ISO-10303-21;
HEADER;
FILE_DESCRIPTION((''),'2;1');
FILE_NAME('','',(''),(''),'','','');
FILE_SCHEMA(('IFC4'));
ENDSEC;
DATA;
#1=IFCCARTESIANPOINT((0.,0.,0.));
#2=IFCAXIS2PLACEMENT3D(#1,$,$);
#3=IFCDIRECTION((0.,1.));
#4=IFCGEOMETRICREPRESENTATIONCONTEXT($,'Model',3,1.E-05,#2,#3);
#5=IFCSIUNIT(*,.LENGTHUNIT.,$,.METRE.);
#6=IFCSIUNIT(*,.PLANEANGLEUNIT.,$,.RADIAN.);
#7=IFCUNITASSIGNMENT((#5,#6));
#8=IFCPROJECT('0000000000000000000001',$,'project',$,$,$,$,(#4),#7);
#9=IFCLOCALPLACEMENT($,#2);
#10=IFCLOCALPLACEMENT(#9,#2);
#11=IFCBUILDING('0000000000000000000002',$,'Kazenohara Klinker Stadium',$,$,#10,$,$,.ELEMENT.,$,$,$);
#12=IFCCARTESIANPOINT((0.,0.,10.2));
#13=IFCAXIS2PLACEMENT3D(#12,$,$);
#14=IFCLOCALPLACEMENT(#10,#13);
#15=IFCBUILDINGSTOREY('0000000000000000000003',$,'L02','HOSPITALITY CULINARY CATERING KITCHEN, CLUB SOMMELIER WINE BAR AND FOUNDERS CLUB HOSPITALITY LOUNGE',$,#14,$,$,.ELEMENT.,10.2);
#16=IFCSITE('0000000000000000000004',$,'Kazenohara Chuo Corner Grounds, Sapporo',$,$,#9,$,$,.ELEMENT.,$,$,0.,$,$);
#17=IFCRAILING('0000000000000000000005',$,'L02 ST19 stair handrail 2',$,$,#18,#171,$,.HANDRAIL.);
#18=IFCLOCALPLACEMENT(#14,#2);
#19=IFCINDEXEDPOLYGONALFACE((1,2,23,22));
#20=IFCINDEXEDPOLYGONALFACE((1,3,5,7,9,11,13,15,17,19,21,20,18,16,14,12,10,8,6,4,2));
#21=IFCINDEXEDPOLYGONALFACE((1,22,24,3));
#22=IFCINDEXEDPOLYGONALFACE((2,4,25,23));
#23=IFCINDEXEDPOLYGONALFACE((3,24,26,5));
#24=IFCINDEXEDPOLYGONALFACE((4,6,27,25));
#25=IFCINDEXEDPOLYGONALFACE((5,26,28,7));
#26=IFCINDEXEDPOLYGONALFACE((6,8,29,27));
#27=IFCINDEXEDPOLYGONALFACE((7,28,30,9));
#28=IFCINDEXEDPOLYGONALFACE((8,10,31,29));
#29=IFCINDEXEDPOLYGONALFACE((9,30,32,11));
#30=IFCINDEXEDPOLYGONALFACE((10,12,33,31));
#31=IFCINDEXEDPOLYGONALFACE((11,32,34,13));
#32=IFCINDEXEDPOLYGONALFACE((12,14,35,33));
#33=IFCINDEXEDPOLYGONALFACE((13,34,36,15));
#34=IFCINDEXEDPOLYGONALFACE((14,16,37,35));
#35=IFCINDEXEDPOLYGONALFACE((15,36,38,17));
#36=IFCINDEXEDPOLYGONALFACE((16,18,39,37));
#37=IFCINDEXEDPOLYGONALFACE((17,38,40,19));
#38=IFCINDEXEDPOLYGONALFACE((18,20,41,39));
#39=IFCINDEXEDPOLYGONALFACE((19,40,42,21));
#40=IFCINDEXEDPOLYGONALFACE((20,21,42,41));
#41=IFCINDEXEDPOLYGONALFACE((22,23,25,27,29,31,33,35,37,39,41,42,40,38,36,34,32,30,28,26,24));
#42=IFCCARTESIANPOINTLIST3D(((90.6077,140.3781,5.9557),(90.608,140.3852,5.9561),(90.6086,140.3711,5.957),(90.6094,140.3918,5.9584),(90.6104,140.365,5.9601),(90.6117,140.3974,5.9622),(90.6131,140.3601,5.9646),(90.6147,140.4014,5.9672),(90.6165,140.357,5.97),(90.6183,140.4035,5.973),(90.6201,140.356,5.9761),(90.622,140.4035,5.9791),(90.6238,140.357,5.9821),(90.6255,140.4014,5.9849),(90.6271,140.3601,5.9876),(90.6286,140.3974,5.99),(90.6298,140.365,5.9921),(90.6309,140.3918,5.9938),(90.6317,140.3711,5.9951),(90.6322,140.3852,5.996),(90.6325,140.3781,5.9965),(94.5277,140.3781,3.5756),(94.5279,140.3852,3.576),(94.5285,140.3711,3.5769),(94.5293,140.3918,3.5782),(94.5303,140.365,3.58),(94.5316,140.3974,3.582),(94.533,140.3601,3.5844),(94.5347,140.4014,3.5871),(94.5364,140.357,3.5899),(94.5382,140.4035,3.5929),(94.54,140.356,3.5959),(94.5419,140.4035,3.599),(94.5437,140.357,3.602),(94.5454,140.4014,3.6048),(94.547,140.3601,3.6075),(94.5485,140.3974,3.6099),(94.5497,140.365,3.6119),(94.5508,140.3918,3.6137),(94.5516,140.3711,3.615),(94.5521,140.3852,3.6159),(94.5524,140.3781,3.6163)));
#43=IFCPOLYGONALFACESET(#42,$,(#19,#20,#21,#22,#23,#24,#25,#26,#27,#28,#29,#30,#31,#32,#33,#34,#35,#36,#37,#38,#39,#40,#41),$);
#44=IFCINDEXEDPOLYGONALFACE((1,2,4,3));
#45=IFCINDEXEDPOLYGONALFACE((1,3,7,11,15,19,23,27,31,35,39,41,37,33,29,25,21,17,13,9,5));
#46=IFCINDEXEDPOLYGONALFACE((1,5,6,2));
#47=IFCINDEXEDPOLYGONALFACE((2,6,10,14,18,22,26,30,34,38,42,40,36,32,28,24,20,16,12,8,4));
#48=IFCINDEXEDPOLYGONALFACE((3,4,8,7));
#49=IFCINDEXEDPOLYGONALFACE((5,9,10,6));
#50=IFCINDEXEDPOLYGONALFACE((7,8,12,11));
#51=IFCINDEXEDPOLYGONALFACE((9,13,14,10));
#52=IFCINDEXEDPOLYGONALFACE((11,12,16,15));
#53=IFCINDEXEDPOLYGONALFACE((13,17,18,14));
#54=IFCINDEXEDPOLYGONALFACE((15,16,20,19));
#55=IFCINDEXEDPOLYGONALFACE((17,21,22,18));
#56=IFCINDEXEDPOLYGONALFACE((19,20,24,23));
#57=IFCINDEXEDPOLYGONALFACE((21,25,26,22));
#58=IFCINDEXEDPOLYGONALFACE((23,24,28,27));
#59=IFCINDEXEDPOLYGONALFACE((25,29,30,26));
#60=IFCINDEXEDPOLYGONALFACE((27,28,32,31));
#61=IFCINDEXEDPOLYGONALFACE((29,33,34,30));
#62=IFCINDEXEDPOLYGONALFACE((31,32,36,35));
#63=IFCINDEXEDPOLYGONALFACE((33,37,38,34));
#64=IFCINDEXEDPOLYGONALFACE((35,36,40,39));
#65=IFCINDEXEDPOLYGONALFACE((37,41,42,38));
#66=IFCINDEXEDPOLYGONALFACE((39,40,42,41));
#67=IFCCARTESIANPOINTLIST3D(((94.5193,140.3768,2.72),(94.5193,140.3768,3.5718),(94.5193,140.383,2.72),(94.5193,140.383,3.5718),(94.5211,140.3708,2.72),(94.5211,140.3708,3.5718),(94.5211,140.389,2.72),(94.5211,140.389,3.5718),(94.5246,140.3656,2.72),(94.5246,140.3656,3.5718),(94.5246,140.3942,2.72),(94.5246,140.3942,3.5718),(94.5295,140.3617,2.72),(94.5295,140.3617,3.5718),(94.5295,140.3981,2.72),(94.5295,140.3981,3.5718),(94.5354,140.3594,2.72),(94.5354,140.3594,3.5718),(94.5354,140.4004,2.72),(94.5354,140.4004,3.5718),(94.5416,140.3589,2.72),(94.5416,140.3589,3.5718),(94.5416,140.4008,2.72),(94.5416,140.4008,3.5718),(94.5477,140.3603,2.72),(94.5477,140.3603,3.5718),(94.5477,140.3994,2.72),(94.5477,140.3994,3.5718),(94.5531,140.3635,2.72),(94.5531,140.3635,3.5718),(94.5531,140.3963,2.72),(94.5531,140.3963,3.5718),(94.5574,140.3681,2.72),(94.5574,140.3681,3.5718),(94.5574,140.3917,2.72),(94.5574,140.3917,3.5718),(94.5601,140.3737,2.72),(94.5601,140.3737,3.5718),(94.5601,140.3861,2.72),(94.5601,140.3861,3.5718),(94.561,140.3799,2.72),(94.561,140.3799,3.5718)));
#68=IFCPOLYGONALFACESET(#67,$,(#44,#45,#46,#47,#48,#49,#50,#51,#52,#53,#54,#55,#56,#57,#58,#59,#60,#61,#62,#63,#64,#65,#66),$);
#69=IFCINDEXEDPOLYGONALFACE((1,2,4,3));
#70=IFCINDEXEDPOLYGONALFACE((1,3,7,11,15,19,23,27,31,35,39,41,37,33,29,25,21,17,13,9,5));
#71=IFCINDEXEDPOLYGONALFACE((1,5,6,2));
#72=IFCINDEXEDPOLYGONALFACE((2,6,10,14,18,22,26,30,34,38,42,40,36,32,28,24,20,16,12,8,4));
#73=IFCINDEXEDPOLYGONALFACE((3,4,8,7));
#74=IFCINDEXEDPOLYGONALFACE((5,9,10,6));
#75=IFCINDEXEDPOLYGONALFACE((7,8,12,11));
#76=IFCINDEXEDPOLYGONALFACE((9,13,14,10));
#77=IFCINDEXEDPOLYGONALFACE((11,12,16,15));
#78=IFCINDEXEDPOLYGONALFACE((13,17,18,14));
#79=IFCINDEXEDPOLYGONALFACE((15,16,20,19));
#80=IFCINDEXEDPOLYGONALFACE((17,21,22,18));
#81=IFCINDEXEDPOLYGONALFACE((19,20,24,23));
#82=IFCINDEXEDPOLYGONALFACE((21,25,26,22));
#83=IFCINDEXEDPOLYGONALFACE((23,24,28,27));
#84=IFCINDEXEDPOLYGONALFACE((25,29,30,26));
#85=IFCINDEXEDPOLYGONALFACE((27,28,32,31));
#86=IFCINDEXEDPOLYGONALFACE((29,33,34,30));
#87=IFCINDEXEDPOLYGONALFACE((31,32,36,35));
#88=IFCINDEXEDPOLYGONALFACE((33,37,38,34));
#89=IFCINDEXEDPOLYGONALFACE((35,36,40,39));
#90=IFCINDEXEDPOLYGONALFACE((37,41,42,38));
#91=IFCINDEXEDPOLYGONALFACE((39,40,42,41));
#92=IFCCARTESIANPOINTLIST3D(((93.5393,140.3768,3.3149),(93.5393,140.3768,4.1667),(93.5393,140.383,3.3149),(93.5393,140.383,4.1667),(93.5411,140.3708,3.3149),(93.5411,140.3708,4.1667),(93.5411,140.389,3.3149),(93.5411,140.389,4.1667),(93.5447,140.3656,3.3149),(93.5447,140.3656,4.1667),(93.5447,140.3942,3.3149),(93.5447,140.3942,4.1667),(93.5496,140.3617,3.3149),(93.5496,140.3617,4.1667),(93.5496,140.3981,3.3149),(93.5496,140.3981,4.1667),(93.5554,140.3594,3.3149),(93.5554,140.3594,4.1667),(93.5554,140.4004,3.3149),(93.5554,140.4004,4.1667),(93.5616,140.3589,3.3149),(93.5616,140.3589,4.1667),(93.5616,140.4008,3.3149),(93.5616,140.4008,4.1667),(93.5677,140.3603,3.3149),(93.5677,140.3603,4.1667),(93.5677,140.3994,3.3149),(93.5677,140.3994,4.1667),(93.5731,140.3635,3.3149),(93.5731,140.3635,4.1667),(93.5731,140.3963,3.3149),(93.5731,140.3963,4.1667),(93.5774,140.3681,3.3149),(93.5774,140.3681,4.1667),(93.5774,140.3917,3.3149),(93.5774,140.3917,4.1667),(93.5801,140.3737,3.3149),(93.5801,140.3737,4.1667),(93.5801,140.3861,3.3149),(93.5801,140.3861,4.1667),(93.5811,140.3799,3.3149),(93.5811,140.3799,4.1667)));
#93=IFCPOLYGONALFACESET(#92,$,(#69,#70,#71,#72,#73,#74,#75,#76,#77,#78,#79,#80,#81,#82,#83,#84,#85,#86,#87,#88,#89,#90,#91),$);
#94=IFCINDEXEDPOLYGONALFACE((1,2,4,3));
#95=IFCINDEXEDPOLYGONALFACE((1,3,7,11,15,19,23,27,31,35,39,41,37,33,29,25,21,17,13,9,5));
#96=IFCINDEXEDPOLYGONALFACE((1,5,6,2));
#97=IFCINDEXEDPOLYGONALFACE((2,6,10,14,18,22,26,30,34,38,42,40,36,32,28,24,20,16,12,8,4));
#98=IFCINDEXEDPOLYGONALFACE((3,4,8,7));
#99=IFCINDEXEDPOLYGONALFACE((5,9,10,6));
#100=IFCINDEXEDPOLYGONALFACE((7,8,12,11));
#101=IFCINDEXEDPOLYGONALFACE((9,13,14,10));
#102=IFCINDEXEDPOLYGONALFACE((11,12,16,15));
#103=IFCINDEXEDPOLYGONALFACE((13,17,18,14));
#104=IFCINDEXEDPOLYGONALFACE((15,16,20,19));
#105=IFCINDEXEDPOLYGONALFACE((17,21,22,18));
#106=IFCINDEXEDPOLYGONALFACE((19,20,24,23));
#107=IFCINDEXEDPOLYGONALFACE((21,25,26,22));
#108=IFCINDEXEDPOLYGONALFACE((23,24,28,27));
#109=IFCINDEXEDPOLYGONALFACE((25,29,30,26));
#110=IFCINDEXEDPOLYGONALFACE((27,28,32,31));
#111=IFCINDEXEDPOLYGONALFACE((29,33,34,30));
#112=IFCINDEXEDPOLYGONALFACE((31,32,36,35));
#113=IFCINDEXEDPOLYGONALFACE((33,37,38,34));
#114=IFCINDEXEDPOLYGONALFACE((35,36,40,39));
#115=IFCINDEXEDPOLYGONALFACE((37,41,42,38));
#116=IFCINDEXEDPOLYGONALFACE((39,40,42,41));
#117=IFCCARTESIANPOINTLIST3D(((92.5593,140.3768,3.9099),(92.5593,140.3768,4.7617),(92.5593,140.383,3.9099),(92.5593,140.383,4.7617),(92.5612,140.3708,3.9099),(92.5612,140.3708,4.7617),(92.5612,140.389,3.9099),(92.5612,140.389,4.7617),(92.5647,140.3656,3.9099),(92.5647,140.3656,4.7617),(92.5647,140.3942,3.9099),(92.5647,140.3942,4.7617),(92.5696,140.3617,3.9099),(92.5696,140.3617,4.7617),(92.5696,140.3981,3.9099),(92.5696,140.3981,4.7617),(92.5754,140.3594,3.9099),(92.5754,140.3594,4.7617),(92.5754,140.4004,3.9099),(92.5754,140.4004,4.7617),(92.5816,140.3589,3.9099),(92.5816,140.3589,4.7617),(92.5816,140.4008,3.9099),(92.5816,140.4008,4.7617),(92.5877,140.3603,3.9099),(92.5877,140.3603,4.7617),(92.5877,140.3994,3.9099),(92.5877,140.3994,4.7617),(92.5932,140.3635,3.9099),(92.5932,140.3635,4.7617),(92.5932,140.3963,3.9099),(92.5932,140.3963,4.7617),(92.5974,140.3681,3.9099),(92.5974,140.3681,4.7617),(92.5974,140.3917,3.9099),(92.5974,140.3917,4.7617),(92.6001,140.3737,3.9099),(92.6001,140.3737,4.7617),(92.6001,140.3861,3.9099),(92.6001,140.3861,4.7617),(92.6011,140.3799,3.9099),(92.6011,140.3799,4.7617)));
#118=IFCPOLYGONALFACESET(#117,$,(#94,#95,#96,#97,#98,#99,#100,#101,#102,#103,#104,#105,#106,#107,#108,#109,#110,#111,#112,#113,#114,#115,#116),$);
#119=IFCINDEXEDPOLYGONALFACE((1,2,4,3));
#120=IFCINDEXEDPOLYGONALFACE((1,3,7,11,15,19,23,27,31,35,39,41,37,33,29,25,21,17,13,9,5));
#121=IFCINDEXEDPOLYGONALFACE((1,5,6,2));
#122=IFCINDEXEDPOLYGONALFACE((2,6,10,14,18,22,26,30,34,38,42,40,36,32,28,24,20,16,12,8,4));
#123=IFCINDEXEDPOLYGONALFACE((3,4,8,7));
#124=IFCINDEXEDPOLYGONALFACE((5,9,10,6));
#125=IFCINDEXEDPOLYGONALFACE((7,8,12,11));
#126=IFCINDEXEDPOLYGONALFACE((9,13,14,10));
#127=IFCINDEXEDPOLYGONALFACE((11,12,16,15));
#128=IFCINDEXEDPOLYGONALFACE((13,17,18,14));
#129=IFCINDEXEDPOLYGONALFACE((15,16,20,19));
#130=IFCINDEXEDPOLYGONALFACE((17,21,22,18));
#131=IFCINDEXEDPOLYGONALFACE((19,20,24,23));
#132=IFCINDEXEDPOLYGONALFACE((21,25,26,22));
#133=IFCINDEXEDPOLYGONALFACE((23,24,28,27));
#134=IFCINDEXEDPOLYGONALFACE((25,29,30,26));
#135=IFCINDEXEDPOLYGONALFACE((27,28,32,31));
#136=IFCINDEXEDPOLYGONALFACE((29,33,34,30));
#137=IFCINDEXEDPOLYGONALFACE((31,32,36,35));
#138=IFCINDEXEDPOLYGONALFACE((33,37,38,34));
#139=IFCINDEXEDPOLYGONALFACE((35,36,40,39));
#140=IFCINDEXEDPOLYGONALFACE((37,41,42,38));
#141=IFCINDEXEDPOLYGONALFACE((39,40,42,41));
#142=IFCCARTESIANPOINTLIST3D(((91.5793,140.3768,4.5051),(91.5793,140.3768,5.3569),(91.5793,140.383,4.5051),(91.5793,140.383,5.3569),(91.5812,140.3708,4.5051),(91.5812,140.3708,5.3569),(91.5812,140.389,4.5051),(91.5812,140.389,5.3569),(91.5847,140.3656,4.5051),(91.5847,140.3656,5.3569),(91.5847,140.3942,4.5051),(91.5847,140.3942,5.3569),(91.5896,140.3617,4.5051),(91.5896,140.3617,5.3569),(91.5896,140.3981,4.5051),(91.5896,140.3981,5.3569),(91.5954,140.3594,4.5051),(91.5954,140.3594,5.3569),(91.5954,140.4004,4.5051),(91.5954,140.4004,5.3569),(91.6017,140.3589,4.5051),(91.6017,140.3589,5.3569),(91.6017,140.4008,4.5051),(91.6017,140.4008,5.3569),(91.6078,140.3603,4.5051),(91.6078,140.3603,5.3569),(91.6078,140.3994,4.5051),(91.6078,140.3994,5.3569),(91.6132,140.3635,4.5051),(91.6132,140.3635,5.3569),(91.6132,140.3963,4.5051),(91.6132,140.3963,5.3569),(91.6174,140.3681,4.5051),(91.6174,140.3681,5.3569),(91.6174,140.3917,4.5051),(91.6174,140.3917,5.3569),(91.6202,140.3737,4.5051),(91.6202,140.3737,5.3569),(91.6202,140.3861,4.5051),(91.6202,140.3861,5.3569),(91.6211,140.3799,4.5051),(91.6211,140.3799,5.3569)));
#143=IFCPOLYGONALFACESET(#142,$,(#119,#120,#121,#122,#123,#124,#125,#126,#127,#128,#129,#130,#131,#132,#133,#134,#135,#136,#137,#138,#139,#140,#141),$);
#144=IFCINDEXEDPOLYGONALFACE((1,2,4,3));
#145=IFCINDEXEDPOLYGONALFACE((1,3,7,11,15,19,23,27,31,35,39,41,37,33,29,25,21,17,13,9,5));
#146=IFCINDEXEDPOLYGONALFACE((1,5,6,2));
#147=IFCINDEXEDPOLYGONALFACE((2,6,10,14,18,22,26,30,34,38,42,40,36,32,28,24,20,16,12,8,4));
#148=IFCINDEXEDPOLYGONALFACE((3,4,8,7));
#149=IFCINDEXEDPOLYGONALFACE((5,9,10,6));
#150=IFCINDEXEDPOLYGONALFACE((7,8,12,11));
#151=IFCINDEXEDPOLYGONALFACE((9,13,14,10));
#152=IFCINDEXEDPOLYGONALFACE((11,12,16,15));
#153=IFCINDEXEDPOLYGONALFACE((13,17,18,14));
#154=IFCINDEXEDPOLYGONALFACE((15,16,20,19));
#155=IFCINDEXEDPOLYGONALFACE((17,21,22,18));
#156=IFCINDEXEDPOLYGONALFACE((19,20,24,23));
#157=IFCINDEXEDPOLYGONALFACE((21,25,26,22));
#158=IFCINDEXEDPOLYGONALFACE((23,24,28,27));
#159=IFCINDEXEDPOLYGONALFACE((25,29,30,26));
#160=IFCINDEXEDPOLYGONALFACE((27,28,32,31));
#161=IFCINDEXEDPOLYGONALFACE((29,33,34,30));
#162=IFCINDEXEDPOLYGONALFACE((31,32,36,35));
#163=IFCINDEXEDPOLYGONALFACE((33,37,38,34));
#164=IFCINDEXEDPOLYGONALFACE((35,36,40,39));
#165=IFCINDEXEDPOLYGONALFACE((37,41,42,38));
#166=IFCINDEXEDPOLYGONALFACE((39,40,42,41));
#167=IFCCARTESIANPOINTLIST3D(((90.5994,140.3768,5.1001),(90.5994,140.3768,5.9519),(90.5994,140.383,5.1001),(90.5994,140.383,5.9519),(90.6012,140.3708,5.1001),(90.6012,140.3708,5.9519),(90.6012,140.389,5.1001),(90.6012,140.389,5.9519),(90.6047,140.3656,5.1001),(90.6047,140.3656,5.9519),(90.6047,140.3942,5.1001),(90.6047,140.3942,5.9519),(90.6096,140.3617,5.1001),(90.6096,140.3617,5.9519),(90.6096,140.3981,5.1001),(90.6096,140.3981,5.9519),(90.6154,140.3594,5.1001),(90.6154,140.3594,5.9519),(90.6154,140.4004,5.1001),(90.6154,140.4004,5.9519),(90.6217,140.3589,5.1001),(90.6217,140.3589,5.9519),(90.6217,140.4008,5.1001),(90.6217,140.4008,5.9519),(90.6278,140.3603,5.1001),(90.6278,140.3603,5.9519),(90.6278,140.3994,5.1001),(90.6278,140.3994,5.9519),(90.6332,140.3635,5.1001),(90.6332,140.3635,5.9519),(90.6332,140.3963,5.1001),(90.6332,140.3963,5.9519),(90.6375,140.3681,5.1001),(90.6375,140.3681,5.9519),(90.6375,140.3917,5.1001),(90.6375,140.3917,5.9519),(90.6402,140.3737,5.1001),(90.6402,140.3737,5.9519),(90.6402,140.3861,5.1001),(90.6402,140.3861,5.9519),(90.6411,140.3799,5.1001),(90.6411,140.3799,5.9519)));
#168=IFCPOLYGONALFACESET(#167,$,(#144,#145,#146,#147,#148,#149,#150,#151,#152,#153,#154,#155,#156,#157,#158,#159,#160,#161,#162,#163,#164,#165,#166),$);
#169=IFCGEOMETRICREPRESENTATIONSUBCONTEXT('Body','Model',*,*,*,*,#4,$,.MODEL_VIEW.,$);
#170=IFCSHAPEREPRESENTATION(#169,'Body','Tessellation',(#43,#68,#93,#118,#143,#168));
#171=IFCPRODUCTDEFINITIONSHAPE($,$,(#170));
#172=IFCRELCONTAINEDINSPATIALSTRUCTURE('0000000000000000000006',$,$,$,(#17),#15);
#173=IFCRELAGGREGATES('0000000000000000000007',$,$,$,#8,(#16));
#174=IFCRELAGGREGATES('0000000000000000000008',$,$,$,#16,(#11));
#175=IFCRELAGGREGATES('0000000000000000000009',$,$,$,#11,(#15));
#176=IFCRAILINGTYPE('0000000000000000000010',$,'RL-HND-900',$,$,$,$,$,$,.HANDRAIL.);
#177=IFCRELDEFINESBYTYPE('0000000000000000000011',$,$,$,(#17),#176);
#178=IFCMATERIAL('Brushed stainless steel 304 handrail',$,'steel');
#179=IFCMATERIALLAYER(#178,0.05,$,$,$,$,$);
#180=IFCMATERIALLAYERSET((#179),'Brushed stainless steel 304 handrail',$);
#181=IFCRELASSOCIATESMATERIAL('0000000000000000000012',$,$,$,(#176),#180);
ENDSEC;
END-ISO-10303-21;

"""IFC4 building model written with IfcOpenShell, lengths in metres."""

from ifc_helpers import new_model, si_unit, direction, frame, origin, origin_2d, place, context, subcontext, project, spatial, circle, extrude, material, layer, layer_set, type_object, element, save


model = new_model("IFC4")

# Units and contexts
model_context = context("Model", 3, precision=1e-05, world=origin(), true_north=direction((0.0, 1.0)))
body_context = subcontext(model_context, "Body", "Model", "MODEL_VIEW")
ifc_project = project(units=[si_unit("LENGTHUNIT", "METRE"), si_unit("PLANEANGLEUNIT", "RADIAN")], contexts=[model_context])

# Site, building, storey
site_placement = place(None, origin())
site = spatial("IfcSite", under=ifc_project, at=site_placement, Name="Kazenohara Chuo Corner Grounds, Sapporo", CompositionType="ELEMENT", RefElevation=0.0)
building_placement = place(site_placement, origin())
building = spatial("IfcBuilding", under=site, at=building_placement, Name="Kazenohara Klinker Stadium", CompositionType="ELEMENT")
storey_placement = place(building_placement, frame((0.0, 0.0, 10.2)))
storey = spatial("IfcBuildingStorey", under=building, at=storey_placement, Name="L02", Description="HOSPITALITY CULINARY CATERING KITCHEN, CLUB SOMMELIER WINE BAR AND FOUNDERS CLUB HOSPITALITY LOUNGE", CompositionType="ELEMENT", Elevation=10.2)

# Railing
ifc_material_1 = material(Name="Brushed stainless steel 304 handrail", Category="steel")
ifc_layer_1 = layer(ifc_material_1, 0.05)
ifc_layer_set_1 = layer_set([ifc_layer_1], Name="Brushed stainless steel 304 handrail")
railing_type_1 = type_object("IfcRailingType", Name="RL-HND-900", PredefinedType="HANDRAIL", material=ifc_layer_set_1)
railing_1_placement = place(storey_placement, frame((94.54, 140.3799, 2.72)))
element("IfcRailing", 1, at=railing_1_placement, inside=storey, type_object=railing_type_1, Name="L02 ST19 stair handrail 2", PredefinedType="HANDRAIL", context=body_context, shape_type="SweptSolid", body=[
    extrude(circle(Radius=0.0239, at=origin_2d()), frame((0.0, 0.0, 0.876), z_axis=(-0.854771, 0.0, 0.519006), x_axis=(0.0, -1.0, 0.0)), (0.0, 0.0, 1.0), 4.5859),
    extrude(circle(Radius=0.021, at=origin_2d()), origin(), (0.0, 0.0, 1.0), 0.8518),
    extrude(circle(Radius=0.021, at=origin_2d()), frame((-0.98, 0.0, 0.595)), (0.0, 0.0, 1.0), 0.8518),
    extrude(circle(Radius=0.021, at=origin_2d()), frame((-1.96, 0.0, 1.1899)), (0.0, 0.0, 1.0), 0.8518),
    extrude(circle(Radius=0.021, at=origin_2d()), frame((-2.9399, 0.0, 1.7852)), (0.0, 0.0, 1.0), 0.8518),
    extrude(circle(Radius=0.021, at=origin_2d()), frame((-3.9199, 0.0, 2.3801)), (0.0, 0.0, 1.0), 0.8518),
])

save(model, "model.ifc")
